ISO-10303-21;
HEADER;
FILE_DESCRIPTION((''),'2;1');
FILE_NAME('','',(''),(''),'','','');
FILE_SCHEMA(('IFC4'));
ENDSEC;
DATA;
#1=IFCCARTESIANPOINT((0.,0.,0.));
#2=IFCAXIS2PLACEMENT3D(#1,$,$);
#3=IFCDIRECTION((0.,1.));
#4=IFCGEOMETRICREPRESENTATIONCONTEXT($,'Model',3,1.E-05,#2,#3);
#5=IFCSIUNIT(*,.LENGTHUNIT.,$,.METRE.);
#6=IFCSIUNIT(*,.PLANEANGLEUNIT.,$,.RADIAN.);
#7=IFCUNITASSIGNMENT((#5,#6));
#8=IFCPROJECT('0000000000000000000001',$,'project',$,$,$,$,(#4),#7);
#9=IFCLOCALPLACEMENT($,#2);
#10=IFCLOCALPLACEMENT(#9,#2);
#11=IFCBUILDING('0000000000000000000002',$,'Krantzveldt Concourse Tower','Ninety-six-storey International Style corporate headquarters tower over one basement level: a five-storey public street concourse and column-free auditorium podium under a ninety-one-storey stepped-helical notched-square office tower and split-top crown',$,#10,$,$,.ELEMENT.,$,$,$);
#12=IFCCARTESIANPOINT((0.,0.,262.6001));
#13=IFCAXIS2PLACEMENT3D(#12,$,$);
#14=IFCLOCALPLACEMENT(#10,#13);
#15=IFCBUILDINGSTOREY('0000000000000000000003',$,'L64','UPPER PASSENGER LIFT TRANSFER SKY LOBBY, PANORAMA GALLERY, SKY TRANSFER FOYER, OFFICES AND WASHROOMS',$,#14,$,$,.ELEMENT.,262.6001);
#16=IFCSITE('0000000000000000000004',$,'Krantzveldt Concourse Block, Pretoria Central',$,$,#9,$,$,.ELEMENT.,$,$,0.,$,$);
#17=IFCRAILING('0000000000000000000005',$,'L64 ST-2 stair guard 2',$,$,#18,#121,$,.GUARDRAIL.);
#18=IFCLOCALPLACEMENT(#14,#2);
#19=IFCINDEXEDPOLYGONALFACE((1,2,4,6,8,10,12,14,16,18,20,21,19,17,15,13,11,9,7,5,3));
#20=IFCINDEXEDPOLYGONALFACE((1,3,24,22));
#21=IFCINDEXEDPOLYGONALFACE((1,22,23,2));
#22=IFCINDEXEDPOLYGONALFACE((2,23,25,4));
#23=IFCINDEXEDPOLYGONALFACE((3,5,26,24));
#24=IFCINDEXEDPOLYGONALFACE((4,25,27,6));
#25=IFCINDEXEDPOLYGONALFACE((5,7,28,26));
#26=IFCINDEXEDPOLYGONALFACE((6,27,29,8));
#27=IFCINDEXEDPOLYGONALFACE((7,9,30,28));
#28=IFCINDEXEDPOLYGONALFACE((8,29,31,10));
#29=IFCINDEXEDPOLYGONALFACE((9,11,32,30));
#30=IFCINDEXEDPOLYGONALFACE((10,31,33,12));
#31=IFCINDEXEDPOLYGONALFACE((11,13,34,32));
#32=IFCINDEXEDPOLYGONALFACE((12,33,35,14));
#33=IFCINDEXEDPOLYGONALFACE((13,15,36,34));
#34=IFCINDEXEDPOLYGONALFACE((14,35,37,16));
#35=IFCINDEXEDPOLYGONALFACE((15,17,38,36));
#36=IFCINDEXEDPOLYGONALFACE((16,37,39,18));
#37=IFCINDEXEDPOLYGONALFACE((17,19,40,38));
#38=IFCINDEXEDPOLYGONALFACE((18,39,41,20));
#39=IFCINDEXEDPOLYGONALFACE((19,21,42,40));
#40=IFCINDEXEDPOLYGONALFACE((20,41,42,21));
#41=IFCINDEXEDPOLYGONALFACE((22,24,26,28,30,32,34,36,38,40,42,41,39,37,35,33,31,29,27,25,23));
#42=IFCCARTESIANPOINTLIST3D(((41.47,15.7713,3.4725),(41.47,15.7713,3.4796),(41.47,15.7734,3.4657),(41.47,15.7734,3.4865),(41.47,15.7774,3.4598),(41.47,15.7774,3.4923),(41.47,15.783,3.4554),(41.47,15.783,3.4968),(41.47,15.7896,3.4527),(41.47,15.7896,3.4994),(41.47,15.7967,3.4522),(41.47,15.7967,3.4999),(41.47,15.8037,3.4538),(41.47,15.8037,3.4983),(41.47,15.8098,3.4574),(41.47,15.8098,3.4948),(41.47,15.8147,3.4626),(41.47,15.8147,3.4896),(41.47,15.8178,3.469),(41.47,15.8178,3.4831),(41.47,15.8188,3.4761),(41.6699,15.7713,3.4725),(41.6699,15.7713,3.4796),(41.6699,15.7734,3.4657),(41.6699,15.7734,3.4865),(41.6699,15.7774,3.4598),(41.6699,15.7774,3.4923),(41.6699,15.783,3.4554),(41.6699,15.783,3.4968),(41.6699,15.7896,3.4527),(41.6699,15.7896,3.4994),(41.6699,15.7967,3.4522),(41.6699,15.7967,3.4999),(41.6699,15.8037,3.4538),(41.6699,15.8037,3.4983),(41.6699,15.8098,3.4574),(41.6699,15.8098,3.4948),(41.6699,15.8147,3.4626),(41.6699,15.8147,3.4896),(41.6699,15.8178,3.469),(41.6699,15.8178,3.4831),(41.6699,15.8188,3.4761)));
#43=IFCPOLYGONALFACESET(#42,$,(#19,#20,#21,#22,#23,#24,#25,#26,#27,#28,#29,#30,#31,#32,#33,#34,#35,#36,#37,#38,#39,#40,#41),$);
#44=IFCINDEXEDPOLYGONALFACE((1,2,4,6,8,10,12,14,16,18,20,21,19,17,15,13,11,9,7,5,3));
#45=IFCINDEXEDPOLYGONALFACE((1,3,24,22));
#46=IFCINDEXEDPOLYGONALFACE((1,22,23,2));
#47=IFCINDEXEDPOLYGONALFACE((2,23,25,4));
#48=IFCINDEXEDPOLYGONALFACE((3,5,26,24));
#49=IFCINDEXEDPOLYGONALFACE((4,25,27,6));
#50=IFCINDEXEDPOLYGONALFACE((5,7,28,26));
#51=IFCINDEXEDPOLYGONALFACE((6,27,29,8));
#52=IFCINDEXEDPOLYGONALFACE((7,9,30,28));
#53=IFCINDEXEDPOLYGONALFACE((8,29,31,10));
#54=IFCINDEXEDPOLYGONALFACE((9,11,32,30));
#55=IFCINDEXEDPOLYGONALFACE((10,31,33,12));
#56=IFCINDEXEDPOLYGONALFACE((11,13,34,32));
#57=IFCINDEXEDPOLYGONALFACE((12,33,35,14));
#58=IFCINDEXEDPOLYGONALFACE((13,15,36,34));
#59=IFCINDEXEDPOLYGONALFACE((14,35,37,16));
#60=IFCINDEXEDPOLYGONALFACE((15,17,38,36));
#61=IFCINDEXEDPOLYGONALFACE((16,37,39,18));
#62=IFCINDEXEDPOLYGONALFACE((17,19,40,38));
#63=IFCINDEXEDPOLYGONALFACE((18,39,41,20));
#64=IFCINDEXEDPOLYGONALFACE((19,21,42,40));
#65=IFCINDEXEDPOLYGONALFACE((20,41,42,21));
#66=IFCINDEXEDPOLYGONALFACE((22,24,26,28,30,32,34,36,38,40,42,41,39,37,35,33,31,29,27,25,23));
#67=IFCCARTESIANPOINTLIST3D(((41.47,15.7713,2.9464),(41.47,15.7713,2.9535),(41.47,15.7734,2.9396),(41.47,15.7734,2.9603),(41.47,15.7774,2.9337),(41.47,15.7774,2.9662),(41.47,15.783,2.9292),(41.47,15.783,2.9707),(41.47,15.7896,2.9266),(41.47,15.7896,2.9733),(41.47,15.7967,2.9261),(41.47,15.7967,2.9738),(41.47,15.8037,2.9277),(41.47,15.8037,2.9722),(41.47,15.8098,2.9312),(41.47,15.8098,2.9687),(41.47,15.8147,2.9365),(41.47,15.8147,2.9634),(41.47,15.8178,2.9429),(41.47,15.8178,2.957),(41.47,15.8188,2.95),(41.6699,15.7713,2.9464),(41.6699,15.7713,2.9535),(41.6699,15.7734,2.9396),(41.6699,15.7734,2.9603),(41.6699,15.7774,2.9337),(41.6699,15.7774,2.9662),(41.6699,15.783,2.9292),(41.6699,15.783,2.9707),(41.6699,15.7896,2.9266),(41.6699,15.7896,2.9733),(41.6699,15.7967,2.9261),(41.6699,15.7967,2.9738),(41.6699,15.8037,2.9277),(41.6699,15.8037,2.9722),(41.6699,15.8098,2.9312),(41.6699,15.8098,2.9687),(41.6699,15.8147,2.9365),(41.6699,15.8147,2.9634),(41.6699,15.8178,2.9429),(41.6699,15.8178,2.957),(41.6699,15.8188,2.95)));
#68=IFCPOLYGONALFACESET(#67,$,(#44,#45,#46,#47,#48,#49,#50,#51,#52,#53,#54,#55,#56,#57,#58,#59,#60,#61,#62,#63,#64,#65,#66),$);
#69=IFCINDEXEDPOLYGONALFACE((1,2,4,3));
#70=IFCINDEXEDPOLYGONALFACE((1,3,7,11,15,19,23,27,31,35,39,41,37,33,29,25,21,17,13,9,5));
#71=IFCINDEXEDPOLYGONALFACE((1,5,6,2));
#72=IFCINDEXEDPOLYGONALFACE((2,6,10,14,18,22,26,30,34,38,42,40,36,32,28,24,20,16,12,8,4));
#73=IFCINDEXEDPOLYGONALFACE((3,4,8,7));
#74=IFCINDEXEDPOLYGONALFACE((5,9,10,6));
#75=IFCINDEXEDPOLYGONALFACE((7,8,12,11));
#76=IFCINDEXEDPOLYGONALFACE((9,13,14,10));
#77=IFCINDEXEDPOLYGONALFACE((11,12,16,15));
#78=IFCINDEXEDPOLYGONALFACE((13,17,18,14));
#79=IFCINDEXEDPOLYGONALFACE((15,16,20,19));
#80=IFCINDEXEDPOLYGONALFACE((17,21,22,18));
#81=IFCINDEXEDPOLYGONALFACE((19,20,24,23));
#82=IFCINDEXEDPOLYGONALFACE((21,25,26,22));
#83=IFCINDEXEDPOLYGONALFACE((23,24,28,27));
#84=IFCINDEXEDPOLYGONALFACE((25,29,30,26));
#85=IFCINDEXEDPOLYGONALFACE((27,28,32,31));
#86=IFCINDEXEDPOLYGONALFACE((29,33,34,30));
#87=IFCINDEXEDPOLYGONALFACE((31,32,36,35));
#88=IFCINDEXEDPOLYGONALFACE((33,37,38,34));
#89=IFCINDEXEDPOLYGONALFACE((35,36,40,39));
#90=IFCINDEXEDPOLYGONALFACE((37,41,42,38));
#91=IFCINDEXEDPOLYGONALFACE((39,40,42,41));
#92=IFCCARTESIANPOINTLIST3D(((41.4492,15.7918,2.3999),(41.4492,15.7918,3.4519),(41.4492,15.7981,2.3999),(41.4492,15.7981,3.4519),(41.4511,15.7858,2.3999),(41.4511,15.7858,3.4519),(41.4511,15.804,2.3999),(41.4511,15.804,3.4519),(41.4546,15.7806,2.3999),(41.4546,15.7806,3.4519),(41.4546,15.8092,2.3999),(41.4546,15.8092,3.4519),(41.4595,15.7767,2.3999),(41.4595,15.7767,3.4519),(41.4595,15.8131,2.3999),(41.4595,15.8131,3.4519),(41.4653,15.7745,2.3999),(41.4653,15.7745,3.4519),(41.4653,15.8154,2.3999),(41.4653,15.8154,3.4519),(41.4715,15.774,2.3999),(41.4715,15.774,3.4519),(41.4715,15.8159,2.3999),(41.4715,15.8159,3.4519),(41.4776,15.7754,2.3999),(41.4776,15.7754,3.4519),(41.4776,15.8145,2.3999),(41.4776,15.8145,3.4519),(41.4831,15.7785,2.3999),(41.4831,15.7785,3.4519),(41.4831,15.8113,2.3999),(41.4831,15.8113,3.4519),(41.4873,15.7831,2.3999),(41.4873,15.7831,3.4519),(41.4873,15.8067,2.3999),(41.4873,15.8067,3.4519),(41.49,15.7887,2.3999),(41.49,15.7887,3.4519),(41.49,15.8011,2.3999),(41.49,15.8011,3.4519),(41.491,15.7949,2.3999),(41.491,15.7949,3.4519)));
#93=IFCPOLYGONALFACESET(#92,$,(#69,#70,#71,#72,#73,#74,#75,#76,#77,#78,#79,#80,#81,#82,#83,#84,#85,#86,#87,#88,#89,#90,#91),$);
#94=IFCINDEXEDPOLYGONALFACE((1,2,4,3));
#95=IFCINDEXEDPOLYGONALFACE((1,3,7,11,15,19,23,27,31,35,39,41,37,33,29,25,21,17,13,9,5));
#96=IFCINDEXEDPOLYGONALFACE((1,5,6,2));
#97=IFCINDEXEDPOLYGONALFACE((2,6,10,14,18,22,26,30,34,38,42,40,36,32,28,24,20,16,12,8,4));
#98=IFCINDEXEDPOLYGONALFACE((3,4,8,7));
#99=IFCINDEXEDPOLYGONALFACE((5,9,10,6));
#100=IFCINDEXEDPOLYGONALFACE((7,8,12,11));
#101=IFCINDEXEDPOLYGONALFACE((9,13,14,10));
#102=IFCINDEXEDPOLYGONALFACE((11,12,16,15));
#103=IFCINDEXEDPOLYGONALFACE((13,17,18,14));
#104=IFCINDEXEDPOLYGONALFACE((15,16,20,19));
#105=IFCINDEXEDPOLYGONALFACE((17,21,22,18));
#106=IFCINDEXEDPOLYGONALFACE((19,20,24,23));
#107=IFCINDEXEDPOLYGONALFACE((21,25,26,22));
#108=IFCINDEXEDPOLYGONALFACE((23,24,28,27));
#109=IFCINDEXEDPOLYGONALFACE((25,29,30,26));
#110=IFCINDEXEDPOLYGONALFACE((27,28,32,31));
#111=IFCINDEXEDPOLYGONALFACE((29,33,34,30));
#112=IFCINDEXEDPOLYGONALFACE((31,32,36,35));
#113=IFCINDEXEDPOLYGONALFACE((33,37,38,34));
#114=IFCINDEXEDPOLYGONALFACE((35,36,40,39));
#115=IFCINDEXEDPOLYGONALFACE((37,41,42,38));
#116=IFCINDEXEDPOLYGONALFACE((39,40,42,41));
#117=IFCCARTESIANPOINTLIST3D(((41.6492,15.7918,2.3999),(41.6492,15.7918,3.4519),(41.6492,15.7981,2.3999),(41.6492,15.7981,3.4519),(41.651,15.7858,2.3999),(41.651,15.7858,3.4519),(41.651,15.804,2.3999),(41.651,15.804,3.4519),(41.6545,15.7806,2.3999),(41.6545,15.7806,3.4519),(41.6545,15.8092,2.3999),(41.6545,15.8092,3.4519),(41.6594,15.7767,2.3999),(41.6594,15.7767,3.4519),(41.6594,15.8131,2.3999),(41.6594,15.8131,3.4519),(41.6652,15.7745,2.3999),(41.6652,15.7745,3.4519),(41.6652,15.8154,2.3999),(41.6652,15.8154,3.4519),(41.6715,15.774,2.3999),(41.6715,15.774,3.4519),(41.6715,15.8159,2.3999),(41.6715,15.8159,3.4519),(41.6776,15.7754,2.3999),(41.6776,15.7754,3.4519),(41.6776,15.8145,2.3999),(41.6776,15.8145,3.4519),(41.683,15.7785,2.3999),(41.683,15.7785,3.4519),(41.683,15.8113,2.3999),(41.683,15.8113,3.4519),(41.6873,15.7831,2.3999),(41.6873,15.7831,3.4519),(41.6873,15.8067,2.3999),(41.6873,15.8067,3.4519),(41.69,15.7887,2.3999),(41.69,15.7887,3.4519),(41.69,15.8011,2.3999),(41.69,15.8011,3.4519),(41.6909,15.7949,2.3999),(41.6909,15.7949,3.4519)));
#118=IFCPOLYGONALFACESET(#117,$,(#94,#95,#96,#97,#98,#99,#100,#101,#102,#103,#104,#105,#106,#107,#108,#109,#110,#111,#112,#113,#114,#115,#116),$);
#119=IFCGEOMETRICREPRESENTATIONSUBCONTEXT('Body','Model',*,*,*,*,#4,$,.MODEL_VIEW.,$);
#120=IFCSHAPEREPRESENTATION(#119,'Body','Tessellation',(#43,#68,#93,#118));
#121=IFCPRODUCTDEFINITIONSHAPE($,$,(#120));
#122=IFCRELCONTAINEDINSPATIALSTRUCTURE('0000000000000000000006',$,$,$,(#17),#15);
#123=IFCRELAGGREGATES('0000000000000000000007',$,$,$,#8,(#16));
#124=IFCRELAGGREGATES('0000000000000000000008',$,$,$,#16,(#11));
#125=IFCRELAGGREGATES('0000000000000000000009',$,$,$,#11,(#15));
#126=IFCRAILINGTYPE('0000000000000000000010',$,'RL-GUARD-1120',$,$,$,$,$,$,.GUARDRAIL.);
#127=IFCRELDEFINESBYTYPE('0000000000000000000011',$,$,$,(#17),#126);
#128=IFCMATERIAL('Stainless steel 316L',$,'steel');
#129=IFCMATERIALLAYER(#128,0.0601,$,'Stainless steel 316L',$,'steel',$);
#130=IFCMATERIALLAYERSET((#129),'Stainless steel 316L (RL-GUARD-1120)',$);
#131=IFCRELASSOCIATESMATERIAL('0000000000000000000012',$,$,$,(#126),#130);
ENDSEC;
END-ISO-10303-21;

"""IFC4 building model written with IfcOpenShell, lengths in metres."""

from ifc_helpers import new_model, si_unit, direction, frame, origin, origin_2d, place, context, subcontext, project, spatial, circle, extrude, material, layer, layer_set, type_object, element, save


model = new_model("IFC4")

# Units and contexts
model_context = context("Model", 3, precision=1e-05, world=origin(), true_north=direction((0.0, 1.0)))
body_context = subcontext(model_context, "Body", "Model", "MODEL_VIEW")
ifc_project = project(units=[si_unit("LENGTHUNIT", "METRE"), si_unit("PLANEANGLEUNIT", "RADIAN")], contexts=[model_context])

# Site, building, storey
site_placement = place(None, origin())
site = spatial("IfcSite", under=ifc_project, at=site_placement, Name="Krantzveldt Concourse Block, Pretoria Central", CompositionType="ELEMENT", RefElevation=0.0)
building_placement = place(site_placement, origin())
building = spatial("IfcBuilding", under=site, at=building_placement, Name="Krantzveldt Concourse Tower", Description="Ninety-six-storey International Style corporate headquarters tower over one basement level: a five-storey public street concourse and column-free auditorium podium under a ninety-one-storey stepped-helical notched-square office tower and split-top crown", CompositionType="ELEMENT")
storey_placement = place(building_placement, frame((0.0, 0.0, 262.6001)))
storey = spatial("IfcBuildingStorey", under=building, at=storey_placement, Name="L64", Description="UPPER PASSENGER LIFT TRANSFER SKY LOBBY, PANORAMA GALLERY, SKY TRANSFER FOYER, OFFICES AND WASHROOMS", CompositionType="ELEMENT", Elevation=262.6001)

# Shared definitions
ifc_material_1 = material(Name="Stainless steel 316L", Category="steel")

# Railing
ifc_layer_1 = layer(ifc_material_1, 0.0601, Name="Stainless steel 316L", Category="steel")
ifc_layer_set_1 = layer_set([ifc_layer_1], Name="Stainless steel 316L (RL-GUARD-1120)")
railing_type_1 = type_object("IfcRailingType", Name="RL-GUARD-1120", PredefinedType="GUARDRAIL", material=ifc_layer_set_1)
railing_1_placement = place(storey_placement, frame((41.47, 15.7949, 2.3999)))
element("IfcRailing", 1, at=railing_1_placement, inside=storey, type_object=railing_type_1, Name="L64 ST-2 stair guard 2", PredefinedType="GUARDRAIL", context=body_context, shape_type="SweptSolid", body=[
    extrude(circle(Radius=0.0239, at=origin_2d()), frame((0.0, 0.0, 1.0762), z_axis=(1.0, 0.0, 0.0), x_axis=(0.0, 1.0, 0.0)), (0.0, 0.0, 1.0), 0.2),
    extrude(circle(Radius=0.0239, at=origin_2d()), frame((0.0, 0.0, 0.55), z_axis=(1.0, 0.0, 0.0), x_axis=(0.0, 1.0, 0.0)), (0.0, 0.0, 1.0), 0.2),
    extrude(circle(Radius=0.021, at=origin_2d()), origin(), (0.0, 0.0, 1.0), 1.052),
    extrude(circle(Radius=0.021, at=origin_2d()), frame((0.2, 0.0, 0.0)), (0.0, 0.0, 1.0), 1.052),
])

save(model, "model.ifc")
